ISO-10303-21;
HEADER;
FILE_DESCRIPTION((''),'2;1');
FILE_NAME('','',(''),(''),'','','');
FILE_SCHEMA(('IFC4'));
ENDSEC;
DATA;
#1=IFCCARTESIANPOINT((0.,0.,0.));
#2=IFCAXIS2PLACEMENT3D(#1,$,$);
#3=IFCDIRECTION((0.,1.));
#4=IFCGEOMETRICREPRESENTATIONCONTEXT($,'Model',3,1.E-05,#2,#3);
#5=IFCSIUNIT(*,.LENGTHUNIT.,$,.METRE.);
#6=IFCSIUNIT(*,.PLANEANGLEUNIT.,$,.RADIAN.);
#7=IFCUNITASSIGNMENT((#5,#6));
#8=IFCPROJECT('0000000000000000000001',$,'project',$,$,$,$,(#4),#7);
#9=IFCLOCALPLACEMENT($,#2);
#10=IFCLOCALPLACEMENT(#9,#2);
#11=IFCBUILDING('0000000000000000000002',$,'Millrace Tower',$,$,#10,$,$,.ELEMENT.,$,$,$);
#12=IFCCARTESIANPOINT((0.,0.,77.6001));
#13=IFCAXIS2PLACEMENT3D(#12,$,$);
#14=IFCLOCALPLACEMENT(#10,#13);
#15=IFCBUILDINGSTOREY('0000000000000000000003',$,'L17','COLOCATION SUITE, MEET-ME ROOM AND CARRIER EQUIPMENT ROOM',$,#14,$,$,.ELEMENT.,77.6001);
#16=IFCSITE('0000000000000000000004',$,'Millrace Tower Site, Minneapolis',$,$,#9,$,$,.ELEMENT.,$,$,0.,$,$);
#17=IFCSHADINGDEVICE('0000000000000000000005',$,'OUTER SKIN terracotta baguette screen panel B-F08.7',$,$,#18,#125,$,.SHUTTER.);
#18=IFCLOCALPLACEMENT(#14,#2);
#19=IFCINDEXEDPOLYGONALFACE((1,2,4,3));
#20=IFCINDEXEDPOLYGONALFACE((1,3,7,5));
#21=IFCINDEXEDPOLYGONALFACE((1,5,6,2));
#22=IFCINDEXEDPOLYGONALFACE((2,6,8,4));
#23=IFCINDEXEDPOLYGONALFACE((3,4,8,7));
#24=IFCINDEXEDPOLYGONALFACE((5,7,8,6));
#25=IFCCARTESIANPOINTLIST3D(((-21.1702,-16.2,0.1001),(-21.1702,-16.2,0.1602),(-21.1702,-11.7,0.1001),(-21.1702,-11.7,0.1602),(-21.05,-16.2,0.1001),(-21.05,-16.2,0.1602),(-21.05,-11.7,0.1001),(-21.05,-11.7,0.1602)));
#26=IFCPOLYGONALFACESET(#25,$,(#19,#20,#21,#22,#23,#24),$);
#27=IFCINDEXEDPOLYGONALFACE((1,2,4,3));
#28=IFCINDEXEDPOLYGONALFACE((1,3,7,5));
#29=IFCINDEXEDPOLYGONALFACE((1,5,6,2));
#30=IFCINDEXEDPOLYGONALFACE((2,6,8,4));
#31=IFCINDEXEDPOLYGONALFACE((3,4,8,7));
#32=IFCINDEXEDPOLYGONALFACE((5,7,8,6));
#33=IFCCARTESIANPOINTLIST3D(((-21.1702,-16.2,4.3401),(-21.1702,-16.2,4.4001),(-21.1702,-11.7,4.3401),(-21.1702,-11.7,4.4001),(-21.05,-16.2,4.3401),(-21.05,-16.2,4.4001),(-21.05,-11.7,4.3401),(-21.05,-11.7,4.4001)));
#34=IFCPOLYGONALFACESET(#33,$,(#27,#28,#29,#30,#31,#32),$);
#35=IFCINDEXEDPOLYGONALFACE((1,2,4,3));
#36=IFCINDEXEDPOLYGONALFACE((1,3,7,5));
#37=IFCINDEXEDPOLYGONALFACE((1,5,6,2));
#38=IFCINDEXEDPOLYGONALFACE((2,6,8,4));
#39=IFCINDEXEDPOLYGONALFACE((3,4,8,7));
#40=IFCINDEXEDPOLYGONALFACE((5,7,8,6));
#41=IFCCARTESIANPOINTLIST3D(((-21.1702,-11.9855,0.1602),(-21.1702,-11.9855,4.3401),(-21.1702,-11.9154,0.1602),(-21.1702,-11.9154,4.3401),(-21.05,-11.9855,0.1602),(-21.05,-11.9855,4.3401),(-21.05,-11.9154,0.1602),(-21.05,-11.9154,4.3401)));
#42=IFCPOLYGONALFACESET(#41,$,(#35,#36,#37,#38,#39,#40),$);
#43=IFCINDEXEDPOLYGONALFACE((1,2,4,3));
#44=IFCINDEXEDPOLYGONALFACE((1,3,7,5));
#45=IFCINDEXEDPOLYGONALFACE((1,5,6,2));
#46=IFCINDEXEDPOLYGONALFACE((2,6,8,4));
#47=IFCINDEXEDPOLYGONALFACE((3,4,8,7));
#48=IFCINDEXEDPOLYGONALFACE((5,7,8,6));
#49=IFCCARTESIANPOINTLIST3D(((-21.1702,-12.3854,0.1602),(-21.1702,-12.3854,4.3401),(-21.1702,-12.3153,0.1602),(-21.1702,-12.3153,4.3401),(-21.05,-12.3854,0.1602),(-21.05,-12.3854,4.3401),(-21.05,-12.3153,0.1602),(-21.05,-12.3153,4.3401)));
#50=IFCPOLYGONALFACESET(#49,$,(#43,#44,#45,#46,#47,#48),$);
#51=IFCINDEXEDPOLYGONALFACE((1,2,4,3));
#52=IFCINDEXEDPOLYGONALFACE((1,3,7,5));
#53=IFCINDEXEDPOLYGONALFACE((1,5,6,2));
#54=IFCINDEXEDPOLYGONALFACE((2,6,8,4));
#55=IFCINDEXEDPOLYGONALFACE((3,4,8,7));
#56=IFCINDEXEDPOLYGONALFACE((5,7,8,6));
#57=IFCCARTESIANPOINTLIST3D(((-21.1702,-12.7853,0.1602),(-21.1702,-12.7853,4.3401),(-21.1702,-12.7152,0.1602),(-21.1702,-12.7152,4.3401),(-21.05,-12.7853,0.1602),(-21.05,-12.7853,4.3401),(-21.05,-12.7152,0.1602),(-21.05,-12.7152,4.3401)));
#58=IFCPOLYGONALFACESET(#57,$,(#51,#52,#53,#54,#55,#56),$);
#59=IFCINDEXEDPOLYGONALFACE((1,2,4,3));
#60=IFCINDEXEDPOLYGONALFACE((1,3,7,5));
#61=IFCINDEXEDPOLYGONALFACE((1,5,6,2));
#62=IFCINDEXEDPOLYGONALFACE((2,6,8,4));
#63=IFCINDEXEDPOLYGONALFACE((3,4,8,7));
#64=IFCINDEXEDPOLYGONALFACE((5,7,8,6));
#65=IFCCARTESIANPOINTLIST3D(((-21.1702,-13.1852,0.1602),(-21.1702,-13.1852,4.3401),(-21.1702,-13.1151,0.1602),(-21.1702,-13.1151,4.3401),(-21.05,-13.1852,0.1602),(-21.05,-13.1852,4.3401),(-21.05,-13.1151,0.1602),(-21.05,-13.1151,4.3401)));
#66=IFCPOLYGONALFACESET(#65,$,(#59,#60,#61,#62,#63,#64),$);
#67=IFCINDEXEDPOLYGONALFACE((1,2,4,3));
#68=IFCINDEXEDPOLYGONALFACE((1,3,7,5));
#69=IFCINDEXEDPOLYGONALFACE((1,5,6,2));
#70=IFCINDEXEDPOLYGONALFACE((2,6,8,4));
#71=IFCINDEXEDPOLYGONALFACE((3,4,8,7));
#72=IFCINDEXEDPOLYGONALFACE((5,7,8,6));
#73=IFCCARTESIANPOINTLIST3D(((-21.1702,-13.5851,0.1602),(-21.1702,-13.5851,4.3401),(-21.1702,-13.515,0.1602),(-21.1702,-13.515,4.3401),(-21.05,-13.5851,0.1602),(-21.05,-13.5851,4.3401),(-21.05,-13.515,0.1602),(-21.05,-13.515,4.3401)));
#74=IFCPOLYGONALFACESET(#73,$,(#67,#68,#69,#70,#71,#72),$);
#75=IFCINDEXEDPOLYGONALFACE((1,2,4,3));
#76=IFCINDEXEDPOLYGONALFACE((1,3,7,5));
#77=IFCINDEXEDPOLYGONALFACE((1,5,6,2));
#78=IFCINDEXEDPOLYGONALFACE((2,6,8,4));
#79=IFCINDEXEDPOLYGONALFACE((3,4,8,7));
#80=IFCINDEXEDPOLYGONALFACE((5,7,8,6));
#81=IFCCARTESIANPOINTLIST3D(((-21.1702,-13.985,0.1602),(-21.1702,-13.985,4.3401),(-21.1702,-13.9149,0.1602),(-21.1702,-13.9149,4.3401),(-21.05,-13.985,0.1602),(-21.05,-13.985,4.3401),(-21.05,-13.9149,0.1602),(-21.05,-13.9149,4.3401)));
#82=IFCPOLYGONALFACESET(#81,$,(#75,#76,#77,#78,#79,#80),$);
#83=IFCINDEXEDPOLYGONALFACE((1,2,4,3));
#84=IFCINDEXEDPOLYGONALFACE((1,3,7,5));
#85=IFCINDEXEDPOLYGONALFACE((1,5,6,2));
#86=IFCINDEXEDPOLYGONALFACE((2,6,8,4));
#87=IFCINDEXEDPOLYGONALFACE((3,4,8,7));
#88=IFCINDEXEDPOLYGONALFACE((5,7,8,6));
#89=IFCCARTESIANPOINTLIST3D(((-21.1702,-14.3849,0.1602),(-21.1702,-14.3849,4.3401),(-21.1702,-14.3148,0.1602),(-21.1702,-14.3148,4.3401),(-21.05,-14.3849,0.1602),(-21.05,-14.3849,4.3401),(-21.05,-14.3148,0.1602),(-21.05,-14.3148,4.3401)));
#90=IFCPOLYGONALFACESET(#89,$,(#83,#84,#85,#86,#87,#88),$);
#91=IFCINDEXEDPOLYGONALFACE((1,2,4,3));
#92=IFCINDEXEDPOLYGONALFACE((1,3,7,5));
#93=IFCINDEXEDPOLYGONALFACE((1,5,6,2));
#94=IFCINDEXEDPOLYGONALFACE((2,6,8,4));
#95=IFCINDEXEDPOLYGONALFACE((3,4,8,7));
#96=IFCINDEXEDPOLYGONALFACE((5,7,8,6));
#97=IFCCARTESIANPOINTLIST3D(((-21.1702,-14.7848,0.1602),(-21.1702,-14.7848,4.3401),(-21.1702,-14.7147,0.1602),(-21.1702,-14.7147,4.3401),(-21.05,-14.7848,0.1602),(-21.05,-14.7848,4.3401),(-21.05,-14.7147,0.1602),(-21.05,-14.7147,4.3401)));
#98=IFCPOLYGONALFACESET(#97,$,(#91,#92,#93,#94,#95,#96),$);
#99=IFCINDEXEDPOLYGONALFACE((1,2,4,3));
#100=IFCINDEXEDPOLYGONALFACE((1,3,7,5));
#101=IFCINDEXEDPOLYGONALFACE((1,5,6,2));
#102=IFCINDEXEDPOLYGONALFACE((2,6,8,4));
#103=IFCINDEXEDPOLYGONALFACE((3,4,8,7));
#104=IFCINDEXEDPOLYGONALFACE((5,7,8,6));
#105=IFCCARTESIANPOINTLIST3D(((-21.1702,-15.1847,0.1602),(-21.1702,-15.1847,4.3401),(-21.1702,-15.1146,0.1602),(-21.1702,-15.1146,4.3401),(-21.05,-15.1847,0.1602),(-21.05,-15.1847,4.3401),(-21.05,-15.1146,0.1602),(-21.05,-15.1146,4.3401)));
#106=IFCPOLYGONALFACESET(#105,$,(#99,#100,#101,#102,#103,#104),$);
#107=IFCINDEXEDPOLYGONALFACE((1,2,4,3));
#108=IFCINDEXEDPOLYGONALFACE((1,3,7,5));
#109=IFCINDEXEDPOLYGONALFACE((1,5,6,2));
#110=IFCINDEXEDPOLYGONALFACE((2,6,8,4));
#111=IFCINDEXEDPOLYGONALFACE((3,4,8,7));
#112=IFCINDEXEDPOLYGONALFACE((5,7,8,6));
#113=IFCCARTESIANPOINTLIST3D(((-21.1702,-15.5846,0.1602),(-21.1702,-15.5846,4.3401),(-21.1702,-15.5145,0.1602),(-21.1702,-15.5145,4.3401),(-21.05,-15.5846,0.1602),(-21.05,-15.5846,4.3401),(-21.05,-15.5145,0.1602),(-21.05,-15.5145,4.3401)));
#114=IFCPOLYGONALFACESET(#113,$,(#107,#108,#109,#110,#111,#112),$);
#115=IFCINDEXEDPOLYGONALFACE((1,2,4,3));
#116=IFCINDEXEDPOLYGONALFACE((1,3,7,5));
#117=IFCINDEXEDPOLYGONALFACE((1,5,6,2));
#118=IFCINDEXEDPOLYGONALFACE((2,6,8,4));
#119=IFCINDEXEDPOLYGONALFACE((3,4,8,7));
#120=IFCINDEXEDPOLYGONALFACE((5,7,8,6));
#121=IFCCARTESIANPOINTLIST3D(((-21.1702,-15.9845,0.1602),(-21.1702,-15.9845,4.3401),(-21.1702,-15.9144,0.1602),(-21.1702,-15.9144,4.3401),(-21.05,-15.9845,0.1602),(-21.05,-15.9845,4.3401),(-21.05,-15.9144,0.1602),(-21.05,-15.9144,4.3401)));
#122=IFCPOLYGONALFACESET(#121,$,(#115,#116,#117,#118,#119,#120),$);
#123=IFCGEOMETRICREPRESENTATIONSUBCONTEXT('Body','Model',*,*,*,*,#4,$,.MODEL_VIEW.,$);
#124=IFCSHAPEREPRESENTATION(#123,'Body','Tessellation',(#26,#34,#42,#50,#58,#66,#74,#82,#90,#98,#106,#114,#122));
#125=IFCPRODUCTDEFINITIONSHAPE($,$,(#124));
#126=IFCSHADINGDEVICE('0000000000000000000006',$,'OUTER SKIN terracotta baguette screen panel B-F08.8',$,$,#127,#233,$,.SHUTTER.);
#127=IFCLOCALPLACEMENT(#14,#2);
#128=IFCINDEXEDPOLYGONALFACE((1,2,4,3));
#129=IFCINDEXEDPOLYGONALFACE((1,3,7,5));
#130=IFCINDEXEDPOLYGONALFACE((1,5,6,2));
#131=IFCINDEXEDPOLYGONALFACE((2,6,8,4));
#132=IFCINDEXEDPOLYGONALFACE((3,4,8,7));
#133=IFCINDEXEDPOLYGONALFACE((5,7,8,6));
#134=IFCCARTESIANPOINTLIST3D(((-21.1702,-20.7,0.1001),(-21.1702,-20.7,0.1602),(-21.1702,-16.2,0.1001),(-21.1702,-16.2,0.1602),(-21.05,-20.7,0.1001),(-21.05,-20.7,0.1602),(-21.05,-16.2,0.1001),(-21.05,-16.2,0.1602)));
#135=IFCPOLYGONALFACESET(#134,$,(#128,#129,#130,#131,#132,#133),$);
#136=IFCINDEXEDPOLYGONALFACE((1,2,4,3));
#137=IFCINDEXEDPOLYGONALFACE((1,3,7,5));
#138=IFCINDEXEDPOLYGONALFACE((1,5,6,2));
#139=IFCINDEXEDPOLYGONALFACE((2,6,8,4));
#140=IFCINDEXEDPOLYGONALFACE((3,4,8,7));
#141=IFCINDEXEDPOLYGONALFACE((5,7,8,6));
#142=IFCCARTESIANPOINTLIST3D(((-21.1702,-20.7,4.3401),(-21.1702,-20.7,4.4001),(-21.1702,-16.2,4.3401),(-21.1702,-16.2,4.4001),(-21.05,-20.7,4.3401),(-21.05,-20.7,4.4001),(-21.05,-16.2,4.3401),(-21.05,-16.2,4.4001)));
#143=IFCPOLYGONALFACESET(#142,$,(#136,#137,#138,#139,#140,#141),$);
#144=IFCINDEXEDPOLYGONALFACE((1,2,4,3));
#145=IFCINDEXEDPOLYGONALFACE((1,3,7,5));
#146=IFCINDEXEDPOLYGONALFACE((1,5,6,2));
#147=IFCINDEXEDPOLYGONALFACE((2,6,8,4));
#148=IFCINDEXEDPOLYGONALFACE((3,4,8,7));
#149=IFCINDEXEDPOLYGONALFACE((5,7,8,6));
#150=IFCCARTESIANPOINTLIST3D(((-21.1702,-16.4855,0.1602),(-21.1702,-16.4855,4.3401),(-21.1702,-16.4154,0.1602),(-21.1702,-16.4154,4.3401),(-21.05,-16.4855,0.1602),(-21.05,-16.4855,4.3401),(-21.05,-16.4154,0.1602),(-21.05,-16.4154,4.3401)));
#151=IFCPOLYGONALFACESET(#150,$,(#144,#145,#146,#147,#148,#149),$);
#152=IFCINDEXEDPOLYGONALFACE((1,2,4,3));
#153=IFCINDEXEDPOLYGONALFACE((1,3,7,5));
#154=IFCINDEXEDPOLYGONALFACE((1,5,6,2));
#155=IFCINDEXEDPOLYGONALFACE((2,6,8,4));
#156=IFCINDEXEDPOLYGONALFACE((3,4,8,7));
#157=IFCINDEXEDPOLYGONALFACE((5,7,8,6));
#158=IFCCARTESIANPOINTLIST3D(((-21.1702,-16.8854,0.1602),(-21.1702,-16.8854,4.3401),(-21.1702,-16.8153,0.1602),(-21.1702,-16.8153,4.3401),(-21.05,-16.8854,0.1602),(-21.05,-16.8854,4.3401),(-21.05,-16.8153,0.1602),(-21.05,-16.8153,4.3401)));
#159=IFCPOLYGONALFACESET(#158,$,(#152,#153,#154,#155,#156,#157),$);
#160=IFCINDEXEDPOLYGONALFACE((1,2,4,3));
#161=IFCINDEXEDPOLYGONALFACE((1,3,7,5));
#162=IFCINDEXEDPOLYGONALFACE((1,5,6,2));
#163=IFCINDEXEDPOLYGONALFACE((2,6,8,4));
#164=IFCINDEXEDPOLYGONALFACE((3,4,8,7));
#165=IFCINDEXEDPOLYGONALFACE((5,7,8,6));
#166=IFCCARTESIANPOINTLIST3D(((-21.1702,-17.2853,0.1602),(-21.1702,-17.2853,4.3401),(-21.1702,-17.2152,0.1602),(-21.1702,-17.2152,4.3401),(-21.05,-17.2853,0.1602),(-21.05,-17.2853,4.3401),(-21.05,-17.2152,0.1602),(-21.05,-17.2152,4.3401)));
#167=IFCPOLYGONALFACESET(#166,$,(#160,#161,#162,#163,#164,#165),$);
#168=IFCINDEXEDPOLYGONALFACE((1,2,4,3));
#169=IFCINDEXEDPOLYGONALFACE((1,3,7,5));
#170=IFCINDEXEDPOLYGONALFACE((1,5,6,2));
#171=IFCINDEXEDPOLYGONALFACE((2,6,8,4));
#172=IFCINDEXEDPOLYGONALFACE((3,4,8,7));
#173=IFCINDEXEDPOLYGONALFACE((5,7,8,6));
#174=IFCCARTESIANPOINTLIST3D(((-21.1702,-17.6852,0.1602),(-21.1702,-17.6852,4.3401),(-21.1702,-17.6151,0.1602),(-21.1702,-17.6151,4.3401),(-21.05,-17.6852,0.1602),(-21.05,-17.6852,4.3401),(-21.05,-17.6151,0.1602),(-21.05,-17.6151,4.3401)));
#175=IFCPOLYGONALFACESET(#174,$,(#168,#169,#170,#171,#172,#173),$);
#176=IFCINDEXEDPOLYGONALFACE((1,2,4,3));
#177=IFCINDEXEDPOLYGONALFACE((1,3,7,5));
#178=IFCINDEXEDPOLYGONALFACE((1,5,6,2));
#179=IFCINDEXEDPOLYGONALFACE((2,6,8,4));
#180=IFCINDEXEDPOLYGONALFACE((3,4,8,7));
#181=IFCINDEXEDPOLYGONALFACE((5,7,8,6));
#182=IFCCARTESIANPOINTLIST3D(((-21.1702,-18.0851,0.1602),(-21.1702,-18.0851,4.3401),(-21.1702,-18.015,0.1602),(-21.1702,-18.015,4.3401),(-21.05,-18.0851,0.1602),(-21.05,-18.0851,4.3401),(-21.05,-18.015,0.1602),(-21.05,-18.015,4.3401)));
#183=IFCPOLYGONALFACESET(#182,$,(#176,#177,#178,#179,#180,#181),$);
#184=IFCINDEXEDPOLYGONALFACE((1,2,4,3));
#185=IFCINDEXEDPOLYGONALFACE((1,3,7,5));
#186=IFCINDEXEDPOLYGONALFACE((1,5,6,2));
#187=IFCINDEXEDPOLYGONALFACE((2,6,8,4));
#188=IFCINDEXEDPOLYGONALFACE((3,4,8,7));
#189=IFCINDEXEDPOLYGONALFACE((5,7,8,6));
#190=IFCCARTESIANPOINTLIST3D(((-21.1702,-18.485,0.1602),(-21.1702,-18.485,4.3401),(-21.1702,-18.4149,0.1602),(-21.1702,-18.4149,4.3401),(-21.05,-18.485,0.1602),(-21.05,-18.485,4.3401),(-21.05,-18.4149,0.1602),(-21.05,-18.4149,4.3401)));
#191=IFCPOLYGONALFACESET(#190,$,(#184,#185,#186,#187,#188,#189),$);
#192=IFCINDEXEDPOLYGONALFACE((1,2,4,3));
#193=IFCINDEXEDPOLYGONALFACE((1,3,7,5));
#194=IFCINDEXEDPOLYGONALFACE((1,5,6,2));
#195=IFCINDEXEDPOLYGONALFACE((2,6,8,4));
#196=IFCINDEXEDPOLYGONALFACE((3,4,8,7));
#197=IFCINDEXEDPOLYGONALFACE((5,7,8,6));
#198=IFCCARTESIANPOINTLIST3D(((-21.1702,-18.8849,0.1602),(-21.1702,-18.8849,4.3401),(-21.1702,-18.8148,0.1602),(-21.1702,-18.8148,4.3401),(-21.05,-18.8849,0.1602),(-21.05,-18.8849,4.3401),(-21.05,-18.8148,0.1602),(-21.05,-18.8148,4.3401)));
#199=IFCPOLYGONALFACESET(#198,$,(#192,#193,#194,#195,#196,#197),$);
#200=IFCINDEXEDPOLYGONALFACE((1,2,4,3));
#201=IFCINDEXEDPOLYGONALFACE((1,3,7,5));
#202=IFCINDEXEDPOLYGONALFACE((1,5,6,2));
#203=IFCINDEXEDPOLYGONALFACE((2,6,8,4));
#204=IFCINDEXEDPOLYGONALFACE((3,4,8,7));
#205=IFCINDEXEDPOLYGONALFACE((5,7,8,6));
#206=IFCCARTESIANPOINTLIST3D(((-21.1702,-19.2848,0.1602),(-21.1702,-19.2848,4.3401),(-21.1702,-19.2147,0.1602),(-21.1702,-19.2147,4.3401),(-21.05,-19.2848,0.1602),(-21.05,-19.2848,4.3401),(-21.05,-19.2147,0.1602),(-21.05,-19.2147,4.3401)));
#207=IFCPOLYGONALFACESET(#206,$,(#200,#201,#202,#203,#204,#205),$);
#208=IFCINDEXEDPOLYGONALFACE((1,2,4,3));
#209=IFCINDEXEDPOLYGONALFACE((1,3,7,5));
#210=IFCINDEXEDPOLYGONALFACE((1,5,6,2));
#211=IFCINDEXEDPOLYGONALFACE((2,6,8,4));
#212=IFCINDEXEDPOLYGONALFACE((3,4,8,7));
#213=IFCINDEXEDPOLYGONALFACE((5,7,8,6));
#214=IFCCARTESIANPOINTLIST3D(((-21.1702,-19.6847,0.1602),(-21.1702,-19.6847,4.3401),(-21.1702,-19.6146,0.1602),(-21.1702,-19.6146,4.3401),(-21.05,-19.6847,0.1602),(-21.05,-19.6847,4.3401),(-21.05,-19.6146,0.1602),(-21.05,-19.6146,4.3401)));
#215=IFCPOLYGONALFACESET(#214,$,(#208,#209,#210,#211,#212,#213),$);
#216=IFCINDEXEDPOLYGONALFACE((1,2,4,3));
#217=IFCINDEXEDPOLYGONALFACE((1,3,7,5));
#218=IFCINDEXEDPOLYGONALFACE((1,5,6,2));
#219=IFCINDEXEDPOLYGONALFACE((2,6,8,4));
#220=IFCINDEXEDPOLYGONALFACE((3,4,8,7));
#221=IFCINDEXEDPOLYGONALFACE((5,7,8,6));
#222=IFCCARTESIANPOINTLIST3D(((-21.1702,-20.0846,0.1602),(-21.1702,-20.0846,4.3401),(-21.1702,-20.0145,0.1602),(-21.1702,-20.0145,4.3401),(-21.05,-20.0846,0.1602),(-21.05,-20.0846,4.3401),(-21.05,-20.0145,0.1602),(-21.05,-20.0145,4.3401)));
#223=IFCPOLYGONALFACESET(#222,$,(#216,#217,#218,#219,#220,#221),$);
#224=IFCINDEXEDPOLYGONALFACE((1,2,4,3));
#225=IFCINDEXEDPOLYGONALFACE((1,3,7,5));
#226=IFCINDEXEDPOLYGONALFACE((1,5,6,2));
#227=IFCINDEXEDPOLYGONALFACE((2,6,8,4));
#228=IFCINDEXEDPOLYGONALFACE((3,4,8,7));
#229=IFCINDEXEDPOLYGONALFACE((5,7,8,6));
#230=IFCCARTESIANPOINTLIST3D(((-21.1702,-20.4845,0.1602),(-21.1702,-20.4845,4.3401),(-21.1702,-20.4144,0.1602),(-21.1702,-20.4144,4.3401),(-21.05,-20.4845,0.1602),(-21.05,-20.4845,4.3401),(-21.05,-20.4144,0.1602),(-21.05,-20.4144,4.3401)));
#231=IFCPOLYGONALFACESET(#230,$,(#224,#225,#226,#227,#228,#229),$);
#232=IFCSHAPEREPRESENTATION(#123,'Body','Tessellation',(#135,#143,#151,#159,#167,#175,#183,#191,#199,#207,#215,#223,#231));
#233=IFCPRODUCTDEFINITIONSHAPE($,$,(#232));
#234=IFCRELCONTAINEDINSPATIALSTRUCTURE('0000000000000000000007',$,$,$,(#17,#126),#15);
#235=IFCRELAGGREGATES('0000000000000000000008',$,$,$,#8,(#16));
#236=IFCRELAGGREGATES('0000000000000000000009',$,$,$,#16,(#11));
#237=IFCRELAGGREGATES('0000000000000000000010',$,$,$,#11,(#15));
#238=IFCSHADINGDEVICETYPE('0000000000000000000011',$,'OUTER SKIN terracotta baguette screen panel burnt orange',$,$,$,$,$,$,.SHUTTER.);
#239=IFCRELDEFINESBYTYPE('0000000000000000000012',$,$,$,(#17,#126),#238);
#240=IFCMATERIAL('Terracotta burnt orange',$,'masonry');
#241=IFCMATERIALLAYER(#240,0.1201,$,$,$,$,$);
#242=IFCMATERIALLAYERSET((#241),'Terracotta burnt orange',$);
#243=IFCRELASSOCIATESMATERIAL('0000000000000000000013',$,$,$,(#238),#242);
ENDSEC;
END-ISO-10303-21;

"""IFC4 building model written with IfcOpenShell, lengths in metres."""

from ifc_helpers import new_model, entity, si_unit, direction, frame, frame_2d, origin, origin_2d, place, context, subcontext, project, spatial, rectangle, extrude, source, transform, mapped, material, layer, layer_set, type_object, element, save


model = new_model("IFC4")

# Units and contexts
model_context = context("Model", 3, precision=1e-05, world=origin(), true_north=direction((0.0, 1.0)))
body_context = subcontext(model_context, "Body", "Model", "MODEL_VIEW")
ifc_project = project(units=[si_unit("LENGTHUNIT", "METRE"), si_unit("PLANEANGLEUNIT", "RADIAN")], contexts=[model_context])

# Site, building, storey
site_placement = place(None, origin())
site = spatial("IfcSite", under=ifc_project, at=site_placement, Name="Millrace Tower Site, Minneapolis", CompositionType="ELEMENT", RefElevation=0.0)
building_placement = place(site_placement, origin())
building = spatial("IfcBuilding", under=site, at=building_placement, Name="Millrace Tower", CompositionType="ELEMENT")
storey_placement = place(building_placement, frame((0.0, 0.0, 77.6001)))
storey = spatial("IfcBuildingStorey", under=building, at=storey_placement, Name="L17", Description="COLOCATION SUITE, MEET-ME ROOM AND CARRIER EQUIPMENT ROOM", CompositionType="ELEMENT", Elevation=77.6001)

# Shading devices
ifc_material_1 = material(Name="Terracotta burnt orange", Category="masonry")
ifc_layer_1 = layer(ifc_material_1, 0.1201)
ifc_layer_set_1 = layer_set([ifc_layer_1], Name="Terracotta burnt orange")
shading_device_type = type_object("IfcShadingDeviceType", Name="OUTER SKIN terracotta baguette screen panel burnt orange", PredefinedType="SHUTTER", material=ifc_layer_set_1)
cartesian_point_1 = entity("IfcCartesianPoint", [-2.25, 0.0601])
shared_polyline_1 = entity("IfcPolyline", [cartesian_point_1, entity("IfcCartesianPoint", [2.25, 0.0601]), entity("IfcCartesianPoint", [2.25, -0.0601]), entity("IfcCartesianPoint", [-2.25, -0.0601]), cartesian_point_1])
shared_shape_1 = source(origin(), body_context, "Body", "SweptSolid", [
    entity("IfcExtrudedAreaSolid", entity("IfcArbitraryClosedProfileDef", "AREA", None, shared_polyline_1), entity("IfcAxis2Placement3D", entity("IfcCartesianPoint", [0.0, 0.0, 0.0])), entity("IfcDirection", [0.0, 0.0, 1.0]), 0.0601),
    entity("IfcExtrudedAreaSolid", entity("IfcArbitraryClosedProfileDef", "AREA", None, shared_polyline_1), entity("IfcAxis2Placement3D", entity("IfcCartesianPoint", [0.0, 0.0, 4.24])), entity("IfcDirection", [0.0, 0.0, 1.0]), 0.0601),
    extrude(rectangle(XDim=0.0701, YDim=0.1201, at=frame_2d((-1.9995, 0.0))), frame((0.0, 0.0, 0.0601)), (0.0, 0.0, 1.0), 4.1799),
    extrude(rectangle(XDim=0.0701, YDim=0.1201, at=frame_2d((-1.5996, 0.0))), frame((0.0, 0.0, 0.0601)), (0.0, 0.0, 1.0), 4.1799),
    extrude(rectangle(XDim=0.0701, YDim=0.1201, at=frame_2d((-1.1997, 0.0))), frame((0.0, 0.0, 0.0601)), (0.0, 0.0, 1.0), 4.1799),
    extrude(rectangle(XDim=0.0701, YDim=0.1201, at=frame_2d((-0.7998, 0.0))), frame((0.0, 0.0, 0.0601)), (0.0, 0.0, 1.0), 4.1799),
    extrude(rectangle(XDim=0.0701, YDim=0.1201, at=frame_2d((-0.3999, 0.0))), frame((0.0, 0.0, 0.0601)), (0.0, 0.0, 1.0), 4.1799),
    extrude(rectangle(XDim=0.0701, YDim=0.1201, at=origin_2d()), frame((0.0, 0.0, 0.0601)), (0.0, 0.0, 1.0), 4.1799),
    extrude(rectangle(XDim=0.0701, YDim=0.1201, at=frame_2d((0.3999, 0.0))), frame((0.0, 0.0, 0.0601)), (0.0, 0.0, 1.0), 4.1799),
    extrude(rectangle(XDim=0.0701, YDim=0.1201, at=frame_2d((0.7998, 0.0))), frame((0.0, 0.0, 0.0601)), (0.0, 0.0, 1.0), 4.1799),
    extrude(rectangle(XDim=0.0701, YDim=0.1201, at=frame_2d((1.1997, 0.0))), frame((0.0, 0.0, 0.0601)), (0.0, 0.0, 1.0), 4.1799),
    extrude(rectangle(XDim=0.0701, YDim=0.1201, at=frame_2d((1.5996, 0.0))), frame((0.0, 0.0, 0.0601)), (0.0, 0.0, 1.0), 4.1799),
    extrude(rectangle(XDim=0.0701, YDim=0.1201, at=frame_2d((1.9995, 0.0))), frame((0.0, 0.0, 0.0601)), (0.0, 0.0, 1.0), 4.1799),
])
for number, where, z_axis, x_axis, name in (
    (1, (-21.1101, -13.95, 0.1001), (0.0, 0.0, 1.0), (0.0, -1.0, 0.0), "OUTER SKIN terracotta baguette screen panel B-F08.7"),
    (2, (-21.1101, -18.45, 0.1001), (0.0, 0.0, 1.0), (0.0, -1.0, 0.0), "OUTER SKIN terracotta baguette screen panel B-F08.8"),
):
    element("IfcShadingDevice", number, at=place(storey_placement, frame(where, z_axis=z_axis, x_axis=x_axis)), inside=storey, type_object=shading_device_type, Name=name, PredefinedType="SHUTTER", context=body_context, shape_type="MappedRepresentation", body=[
        mapped(shared_shape_1, transform((0.0, 0.0, 0.0), scale=1.0)),
    ])

save(model, "model.ifc")
